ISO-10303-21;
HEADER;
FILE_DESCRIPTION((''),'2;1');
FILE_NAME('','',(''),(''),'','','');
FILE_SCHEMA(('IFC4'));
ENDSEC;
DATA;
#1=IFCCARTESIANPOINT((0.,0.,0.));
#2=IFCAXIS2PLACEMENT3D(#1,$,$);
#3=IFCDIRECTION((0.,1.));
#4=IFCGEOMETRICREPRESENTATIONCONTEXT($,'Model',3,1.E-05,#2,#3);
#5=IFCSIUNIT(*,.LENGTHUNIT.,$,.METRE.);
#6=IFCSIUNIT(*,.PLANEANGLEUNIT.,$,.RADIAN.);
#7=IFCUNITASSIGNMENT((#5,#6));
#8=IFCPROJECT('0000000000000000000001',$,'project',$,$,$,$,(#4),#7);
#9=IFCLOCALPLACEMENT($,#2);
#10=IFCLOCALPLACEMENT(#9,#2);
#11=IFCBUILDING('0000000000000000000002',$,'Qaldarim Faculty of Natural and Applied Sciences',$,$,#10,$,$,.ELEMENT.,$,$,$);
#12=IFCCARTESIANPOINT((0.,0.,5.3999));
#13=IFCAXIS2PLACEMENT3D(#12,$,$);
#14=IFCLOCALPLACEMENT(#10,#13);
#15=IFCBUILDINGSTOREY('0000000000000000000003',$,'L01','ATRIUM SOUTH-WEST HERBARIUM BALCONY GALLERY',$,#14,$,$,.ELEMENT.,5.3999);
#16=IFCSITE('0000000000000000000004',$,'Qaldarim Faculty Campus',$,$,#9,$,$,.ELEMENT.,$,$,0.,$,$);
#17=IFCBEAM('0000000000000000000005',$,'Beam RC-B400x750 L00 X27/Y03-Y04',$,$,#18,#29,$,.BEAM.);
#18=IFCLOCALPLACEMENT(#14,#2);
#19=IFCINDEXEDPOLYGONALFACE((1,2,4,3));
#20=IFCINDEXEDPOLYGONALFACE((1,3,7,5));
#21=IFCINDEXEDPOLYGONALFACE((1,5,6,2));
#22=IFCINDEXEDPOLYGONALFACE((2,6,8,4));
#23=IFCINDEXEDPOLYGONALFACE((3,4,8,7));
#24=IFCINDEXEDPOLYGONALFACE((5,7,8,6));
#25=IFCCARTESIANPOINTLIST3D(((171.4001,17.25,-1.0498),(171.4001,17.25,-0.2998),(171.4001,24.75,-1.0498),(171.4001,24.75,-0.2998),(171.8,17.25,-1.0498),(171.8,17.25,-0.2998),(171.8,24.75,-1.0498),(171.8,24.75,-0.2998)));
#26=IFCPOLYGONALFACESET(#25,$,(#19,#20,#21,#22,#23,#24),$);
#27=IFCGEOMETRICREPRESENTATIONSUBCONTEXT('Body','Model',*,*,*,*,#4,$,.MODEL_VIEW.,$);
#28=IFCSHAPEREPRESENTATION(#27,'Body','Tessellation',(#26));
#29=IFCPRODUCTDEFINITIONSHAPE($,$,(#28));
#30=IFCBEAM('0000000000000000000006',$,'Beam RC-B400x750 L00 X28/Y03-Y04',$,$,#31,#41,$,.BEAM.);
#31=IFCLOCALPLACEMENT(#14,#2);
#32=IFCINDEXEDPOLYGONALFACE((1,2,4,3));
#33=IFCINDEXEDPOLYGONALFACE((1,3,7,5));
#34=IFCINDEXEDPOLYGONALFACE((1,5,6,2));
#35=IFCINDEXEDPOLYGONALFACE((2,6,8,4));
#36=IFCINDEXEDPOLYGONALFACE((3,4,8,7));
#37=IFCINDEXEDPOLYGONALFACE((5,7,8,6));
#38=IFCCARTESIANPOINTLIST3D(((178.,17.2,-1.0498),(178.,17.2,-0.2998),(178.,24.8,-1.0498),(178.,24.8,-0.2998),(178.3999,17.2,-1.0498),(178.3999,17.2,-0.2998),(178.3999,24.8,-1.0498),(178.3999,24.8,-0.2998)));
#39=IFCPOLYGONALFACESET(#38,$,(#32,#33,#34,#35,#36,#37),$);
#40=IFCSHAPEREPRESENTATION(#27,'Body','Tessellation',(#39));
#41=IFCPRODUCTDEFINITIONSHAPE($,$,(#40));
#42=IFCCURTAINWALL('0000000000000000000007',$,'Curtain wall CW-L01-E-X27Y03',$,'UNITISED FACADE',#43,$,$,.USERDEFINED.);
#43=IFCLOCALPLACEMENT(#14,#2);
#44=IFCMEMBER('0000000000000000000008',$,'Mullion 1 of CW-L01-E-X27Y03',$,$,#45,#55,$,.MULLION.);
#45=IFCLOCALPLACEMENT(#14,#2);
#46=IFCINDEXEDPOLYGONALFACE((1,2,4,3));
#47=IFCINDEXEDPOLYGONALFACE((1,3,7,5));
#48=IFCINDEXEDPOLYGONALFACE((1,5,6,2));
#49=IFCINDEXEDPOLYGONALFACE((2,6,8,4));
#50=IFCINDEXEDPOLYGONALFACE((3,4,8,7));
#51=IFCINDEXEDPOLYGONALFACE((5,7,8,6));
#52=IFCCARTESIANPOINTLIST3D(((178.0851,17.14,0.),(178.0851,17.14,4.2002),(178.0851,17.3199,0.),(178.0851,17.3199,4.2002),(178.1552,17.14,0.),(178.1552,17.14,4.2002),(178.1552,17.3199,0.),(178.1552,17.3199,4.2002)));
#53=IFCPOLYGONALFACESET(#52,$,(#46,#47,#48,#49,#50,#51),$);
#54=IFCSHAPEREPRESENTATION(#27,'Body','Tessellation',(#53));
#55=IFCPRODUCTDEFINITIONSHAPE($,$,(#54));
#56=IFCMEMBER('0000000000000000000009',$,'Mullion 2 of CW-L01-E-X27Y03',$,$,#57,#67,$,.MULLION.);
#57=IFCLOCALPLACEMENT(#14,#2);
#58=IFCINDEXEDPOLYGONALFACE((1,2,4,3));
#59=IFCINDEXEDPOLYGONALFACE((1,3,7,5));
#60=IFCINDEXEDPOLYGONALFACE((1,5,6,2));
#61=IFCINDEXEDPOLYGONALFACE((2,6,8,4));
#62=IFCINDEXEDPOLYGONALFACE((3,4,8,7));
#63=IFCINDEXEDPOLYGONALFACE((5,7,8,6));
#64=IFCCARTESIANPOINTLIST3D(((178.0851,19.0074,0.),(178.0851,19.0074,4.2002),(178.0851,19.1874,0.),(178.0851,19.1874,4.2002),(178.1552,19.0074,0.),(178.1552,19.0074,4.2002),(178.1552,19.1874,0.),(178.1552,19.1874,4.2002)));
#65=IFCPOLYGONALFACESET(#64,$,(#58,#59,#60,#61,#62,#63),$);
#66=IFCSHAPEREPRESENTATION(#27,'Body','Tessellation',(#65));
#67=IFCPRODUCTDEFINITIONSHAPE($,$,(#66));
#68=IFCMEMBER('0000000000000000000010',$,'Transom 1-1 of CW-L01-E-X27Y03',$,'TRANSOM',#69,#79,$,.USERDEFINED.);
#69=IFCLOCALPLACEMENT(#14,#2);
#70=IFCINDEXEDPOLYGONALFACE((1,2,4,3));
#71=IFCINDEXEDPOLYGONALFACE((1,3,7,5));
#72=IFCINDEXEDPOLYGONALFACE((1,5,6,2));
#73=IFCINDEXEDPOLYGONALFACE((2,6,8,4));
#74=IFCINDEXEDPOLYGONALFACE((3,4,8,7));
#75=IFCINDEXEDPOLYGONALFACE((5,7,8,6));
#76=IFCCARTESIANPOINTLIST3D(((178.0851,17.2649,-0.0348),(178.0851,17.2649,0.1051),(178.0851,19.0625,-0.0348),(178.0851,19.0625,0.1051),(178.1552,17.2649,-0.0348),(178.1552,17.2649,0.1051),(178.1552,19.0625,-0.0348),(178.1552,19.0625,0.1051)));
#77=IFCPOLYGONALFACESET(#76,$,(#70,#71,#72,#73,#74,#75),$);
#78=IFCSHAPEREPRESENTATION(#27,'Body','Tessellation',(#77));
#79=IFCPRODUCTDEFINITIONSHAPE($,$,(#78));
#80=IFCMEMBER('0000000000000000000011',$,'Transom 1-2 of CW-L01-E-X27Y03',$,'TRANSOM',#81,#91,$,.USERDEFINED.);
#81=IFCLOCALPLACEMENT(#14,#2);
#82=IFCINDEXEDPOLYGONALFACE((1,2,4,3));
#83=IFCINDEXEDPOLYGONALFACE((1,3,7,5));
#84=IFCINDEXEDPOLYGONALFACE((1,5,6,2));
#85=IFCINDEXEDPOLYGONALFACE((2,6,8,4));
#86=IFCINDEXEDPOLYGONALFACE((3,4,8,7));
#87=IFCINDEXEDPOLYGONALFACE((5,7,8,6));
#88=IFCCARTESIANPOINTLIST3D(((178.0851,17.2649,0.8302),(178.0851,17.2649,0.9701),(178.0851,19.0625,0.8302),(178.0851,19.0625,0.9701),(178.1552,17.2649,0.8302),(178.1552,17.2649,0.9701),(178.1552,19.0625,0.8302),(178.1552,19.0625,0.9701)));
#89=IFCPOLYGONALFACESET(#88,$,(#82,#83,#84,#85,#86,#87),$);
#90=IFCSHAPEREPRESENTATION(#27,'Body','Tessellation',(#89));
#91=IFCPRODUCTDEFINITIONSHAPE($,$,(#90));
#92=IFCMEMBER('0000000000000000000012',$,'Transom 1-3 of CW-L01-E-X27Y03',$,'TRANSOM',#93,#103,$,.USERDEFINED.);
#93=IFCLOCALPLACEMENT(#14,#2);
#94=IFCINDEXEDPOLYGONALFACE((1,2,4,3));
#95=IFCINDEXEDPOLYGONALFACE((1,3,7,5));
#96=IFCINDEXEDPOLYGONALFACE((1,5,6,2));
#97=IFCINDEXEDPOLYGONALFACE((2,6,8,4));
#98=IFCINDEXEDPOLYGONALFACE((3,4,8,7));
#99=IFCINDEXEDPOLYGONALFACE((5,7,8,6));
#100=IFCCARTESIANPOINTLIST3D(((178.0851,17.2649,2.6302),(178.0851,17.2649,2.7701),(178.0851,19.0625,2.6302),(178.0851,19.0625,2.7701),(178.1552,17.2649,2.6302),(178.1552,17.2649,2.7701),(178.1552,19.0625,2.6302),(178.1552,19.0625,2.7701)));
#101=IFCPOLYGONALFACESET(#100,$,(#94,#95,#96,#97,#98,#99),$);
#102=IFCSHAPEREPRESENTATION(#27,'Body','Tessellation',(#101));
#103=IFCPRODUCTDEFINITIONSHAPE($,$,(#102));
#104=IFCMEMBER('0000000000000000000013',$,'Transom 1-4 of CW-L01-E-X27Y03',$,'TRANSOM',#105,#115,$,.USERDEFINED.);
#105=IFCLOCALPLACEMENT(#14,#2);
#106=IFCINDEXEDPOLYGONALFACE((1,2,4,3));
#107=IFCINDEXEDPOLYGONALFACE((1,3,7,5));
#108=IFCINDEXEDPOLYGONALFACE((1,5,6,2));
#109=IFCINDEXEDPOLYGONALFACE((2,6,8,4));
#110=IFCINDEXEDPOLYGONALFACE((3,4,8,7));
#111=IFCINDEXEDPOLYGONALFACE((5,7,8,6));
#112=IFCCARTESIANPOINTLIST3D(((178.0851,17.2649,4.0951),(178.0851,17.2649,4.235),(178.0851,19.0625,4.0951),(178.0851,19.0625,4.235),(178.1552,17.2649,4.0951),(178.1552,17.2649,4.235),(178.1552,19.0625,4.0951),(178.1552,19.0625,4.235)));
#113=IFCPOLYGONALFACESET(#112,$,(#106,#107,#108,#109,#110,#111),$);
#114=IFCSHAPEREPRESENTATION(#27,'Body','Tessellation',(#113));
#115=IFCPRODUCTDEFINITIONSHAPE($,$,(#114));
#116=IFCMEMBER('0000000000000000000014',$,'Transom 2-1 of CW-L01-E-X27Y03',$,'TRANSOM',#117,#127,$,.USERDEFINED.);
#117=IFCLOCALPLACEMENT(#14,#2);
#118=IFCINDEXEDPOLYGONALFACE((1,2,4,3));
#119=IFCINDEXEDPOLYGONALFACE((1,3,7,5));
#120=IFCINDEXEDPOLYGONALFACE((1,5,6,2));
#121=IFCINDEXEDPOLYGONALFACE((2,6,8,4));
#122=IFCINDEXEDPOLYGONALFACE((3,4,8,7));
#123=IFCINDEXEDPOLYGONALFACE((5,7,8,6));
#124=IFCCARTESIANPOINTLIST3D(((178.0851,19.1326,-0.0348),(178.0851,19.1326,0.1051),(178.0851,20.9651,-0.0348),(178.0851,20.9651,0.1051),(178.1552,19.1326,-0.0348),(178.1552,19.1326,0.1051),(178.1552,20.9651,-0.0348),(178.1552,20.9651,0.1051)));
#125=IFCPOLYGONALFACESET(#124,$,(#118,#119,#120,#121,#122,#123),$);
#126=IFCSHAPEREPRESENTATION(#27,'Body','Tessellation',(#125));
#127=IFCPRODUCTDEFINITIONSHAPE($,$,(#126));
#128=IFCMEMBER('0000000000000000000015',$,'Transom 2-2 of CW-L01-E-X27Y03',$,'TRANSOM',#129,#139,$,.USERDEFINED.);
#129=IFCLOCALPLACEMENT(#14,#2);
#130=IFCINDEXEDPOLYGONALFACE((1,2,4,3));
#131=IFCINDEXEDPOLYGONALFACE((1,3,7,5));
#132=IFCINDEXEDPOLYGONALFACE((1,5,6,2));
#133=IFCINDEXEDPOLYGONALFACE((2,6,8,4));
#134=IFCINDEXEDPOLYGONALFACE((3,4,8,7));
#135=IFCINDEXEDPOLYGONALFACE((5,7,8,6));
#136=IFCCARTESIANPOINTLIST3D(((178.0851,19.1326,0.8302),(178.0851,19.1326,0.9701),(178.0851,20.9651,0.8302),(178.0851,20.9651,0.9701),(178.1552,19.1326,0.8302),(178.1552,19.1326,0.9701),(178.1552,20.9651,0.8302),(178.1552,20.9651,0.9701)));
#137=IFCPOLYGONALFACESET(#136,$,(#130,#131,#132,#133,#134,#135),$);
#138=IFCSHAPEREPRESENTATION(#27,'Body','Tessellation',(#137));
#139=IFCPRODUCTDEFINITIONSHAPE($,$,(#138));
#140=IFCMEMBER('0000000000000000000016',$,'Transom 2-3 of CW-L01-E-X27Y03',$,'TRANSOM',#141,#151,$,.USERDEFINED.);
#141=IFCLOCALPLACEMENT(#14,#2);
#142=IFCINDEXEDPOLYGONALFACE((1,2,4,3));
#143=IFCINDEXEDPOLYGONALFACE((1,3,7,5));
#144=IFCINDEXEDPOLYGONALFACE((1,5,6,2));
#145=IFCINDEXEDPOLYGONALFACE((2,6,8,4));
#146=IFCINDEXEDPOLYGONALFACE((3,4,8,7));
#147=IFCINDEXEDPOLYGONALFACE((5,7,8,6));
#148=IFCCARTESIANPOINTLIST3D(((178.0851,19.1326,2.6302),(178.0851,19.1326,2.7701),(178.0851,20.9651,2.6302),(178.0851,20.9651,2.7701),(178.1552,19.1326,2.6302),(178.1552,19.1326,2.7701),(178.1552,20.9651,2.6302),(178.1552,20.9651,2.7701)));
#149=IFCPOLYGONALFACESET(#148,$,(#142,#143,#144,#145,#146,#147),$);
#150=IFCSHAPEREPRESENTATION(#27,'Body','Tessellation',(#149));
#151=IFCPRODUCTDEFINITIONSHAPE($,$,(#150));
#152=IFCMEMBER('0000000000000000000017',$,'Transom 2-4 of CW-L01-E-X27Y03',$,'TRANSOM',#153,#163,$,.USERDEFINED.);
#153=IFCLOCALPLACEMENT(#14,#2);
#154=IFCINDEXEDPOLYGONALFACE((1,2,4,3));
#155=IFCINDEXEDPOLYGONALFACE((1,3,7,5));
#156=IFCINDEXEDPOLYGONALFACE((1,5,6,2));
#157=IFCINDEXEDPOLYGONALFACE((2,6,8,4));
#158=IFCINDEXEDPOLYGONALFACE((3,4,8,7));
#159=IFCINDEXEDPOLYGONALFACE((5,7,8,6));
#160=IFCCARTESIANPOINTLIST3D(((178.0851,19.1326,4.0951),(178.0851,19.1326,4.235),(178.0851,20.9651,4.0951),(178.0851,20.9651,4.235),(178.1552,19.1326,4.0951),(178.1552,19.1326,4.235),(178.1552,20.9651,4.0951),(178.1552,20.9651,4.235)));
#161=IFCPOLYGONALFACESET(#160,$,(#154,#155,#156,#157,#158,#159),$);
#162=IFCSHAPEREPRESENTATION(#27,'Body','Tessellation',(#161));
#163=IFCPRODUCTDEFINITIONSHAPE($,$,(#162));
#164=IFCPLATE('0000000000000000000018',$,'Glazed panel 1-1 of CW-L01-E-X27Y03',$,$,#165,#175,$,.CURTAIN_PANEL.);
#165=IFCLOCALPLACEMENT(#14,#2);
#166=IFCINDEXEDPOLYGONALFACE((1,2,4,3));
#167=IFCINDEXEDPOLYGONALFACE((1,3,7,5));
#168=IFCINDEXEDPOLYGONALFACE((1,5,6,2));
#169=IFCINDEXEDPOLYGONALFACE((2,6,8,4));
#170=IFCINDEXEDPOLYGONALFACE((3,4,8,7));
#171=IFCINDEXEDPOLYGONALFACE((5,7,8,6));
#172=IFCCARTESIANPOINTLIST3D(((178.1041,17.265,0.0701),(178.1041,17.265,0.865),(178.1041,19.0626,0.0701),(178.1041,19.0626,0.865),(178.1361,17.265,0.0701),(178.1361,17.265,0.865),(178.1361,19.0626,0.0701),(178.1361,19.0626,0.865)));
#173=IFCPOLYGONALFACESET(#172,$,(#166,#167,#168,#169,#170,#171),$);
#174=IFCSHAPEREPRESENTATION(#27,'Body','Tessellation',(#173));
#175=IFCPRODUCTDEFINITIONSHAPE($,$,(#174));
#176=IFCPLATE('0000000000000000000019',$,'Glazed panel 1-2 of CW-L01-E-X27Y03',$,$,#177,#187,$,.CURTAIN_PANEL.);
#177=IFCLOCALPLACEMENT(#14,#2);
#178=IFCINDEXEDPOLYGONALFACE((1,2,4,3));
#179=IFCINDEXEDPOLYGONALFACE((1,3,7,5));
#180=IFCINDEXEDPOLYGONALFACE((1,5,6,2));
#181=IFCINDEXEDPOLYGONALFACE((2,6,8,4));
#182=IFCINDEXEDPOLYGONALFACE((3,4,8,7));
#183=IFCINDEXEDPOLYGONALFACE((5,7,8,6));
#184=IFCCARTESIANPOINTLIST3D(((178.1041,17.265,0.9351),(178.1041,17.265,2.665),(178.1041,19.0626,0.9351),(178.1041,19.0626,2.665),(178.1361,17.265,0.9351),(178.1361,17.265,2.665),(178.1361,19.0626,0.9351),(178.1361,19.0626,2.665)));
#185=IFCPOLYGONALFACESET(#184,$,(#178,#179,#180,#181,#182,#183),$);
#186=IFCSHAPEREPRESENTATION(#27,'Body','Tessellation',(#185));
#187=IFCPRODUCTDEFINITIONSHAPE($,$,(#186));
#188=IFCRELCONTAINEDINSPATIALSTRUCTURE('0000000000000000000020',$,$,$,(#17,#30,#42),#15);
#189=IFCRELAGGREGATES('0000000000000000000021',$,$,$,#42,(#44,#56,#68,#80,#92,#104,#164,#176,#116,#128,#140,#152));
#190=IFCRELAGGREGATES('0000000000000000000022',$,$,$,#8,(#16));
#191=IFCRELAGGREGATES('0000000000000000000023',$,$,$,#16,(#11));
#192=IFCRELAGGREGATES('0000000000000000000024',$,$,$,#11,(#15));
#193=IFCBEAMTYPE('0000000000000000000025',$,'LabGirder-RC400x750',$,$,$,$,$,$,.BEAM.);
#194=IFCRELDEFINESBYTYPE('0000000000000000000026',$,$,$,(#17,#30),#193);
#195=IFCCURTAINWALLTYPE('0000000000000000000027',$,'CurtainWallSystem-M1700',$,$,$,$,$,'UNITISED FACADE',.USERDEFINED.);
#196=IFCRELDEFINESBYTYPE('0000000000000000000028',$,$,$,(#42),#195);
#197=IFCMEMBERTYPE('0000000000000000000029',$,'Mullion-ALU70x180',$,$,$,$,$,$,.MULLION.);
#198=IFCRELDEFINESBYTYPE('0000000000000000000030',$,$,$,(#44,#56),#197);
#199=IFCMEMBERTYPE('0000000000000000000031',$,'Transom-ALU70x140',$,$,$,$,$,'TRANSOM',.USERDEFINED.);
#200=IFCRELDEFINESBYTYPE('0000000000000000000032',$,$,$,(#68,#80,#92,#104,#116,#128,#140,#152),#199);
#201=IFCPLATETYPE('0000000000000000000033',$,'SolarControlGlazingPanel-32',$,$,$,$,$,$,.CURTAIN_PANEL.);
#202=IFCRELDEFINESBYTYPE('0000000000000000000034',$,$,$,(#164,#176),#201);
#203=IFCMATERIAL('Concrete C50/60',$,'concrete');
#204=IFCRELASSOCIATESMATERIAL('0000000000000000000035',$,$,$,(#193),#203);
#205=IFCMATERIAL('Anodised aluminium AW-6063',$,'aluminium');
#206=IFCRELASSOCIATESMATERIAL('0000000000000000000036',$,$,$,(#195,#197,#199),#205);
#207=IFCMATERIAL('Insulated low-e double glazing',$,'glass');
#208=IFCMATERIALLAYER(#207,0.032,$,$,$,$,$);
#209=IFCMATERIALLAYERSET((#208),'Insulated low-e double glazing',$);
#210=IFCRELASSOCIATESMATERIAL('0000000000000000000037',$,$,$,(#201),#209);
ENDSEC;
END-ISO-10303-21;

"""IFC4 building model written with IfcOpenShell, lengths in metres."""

from ifc_helpers import new_model, si_unit, direction, frame, origin, origin_2d, place, context, subcontext, project, spatial, rectangle, extrude, material, layer, layer_set, material_profile, profile_set, type_object, element, aggregate, save


model = new_model("IFC4")

# Units and contexts
model_context = context("Model", 3, precision=1e-05, world=origin(), true_north=direction((0.0, 1.0)))
body_context = subcontext(model_context, "Body", "Model", "MODEL_VIEW")
ifc_project = project(units=[si_unit("LENGTHUNIT", "METRE"), si_unit("PLANEANGLEUNIT", "RADIAN")], contexts=[model_context])

# Site, building, storey
site_placement = place(None, origin())
site = spatial("IfcSite", under=ifc_project, at=site_placement, Name="Qaldarim Faculty Campus", CompositionType="ELEMENT", RefElevation=0.0)
building_placement = place(site_placement, origin())
building = spatial("IfcBuilding", under=site, at=building_placement, Name="Qaldarim Faculty of Natural and Applied Sciences", CompositionType="ELEMENT")
storey_placement = place(building_placement, frame((0.0, 0.0, 5.3999)))
storey = spatial("IfcBuildingStorey", under=building, at=storey_placement, Name="L01", Description="ATRIUM SOUTH-WEST HERBARIUM BALCONY GALLERY", CompositionType="ELEMENT", Elevation=5.3999)

# Beams
ifc_material_1 = material(Name="Concrete C50/60", Category="concrete")
ifc_material_profile_1 = material_profile(ifc_material_1, rectangle(XDim=0.3999, YDim=0.75, at=origin_2d()), Name="RC-B400x750")
ifc_profile_set_1 = profile_set([ifc_material_profile_1], Name="Concrete C50/60")
beam_type = type_object("IfcBeamType", Name="LabGirder-RC400x750", PredefinedType="BEAM", material=ifc_profile_set_1)
beam_1_placement = place(storey_placement, frame((171.6001, 17.25, -0.6748), z_axis=(0.0, 1.0, 0.0), x_axis=(-1.0, 0.0, 0.0)))
element("IfcBeam", 1, at=beam_1_placement, inside=storey, type_object=beam_type, Name="Beam RC-B400x750 L00 X27/Y03-Y04", PredefinedType="BEAM", context=body_context, shape_type="SweptSolid", body=[
    extrude(rectangle(XDim=0.3999, YDim=0.75, at=origin_2d()), origin(), (0.0, 0.0, 1.0), 7.5),
])
beam_2_placement = place(storey_placement, frame((178.2, 17.2, -0.6748), z_axis=(0.0, 1.0, 0.0), x_axis=(-1.0, 0.0, 0.0)))
element("IfcBeam", 2, at=beam_2_placement, inside=storey, type_object=beam_type, Name="Beam RC-B400x750 L00 X28/Y03-Y04", PredefinedType="BEAM", context=body_context, shape_type="SweptSolid", body=[
    extrude(rectangle(XDim=0.3999, YDim=0.75, at=origin_2d()), origin(), (0.0, 0.0, 1.0), 7.6001),
])

# Curtain wall, members, plates
ifc_material_2 = material(Name="Anodised aluminium AW-6063", Category="aluminium")
curtain_wall_type = type_object("IfcCurtainWallType", Name="CurtainWallSystem-M1700", ElementType="UNITISED FACADE", PredefinedType="USERDEFINED", material=ifc_material_2)
curtain_wall_placement = place(storey_placement, origin())
curtain_wall = element("IfcCurtainWall", 3, at=curtain_wall_placement, inside=storey, type_object=curtain_wall_type, Name="Curtain wall CW-L01-E-X27Y03", ObjectType="UNITISED FACADE", PredefinedType="USERDEFINED")
ifc_material_profile_2 = material_profile(ifc_material_2, rectangle(XDim=0.0701, YDim=0.1799, at=origin_2d()), Name="ALU-M70x180")
ifc_profile_set_2 = profile_set([ifc_material_profile_2], Name="Anodised aluminium AW-6063")
member_type_1 = type_object("IfcMemberType", Name="Mullion-ALU70x180", PredefinedType="MULLION", material=ifc_profile_set_2)
member_1_placement = place(storey_placement, frame((178.1201, 17.23, 0.0), z_axis=(0.0, 0.0, 1.0), x_axis=(-1.0, 0.0, 0.0)))
member_1 = element("IfcMember", 4, at=member_1_placement, type_object=member_type_1, Name="Mullion 1 of CW-L01-E-X27Y03", PredefinedType="MULLION", context=body_context, shape_type="SweptSolid", body=[
    extrude(rectangle(XDim=0.0701, YDim=0.1799, at=origin_2d()), origin(), (0.0, 0.0, 1.0), 4.2002),
])
member_2_placement = place(storey_placement, frame((178.1201, 19.0974, 0.0), z_axis=(0.0, 0.0, 1.0), x_axis=(-1.0, 0.0, 0.0)))
member_2 = element("IfcMember", 5, at=member_2_placement, type_object=member_type_1, Name="Mullion 2 of CW-L01-E-X27Y03", PredefinedType="MULLION", context=body_context, shape_type="SweptSolid", body=[
    extrude(rectangle(XDim=0.0701, YDim=0.1799, at=origin_2d()), origin(), (0.0, 0.0, 1.0), 4.2002),
])
ifc_material_profile_3 = material_profile(ifc_material_2, rectangle(XDim=0.0701, YDim=0.1399, at=origin_2d()), Name="ALU-T70x140")
ifc_profile_set_3 = profile_set([ifc_material_profile_3], Name="Anodised aluminium AW-6063")
member_type_2 = type_object("IfcMemberType", Name="Transom-ALU70x140", ElementType="TRANSOM", PredefinedType="USERDEFINED", material=ifc_profile_set_3)
member_3_placement = place(storey_placement, frame((178.1201, 17.2649, 0.0352), z_axis=(0.0, 1.0, 0.0), x_axis=(-1.0, 0.0, 0.0)))
member_3 = element("IfcMember", 6, at=member_3_placement, type_object=member_type_2, Name="Transom 1-1 of CW-L01-E-X27Y03", ObjectType="TRANSOM", PredefinedType="USERDEFINED", context=body_context, shape_type="SweptSolid", body=[
    extrude(rectangle(XDim=0.0701, YDim=0.1399, at=origin_2d()), origin(), (0.0, 0.0, 1.0), 1.7976),
])
member_4_placement = place(storey_placement, frame((178.1201, 17.2649, 0.9001), z_axis=(0.0, 1.0, 0.0), x_axis=(-1.0, 0.0, 0.0)))
member_4 = element("IfcMember", 7, at=member_4_placement, type_object=member_type_2, Name="Transom 1-2 of CW-L01-E-X27Y03", ObjectType="TRANSOM", PredefinedType="USERDEFINED", context=body_context, shape_type="SweptSolid", body=[
    extrude(rectangle(XDim=0.0701, YDim=0.1399, at=origin_2d()), origin(), (0.0, 0.0, 1.0), 1.7976),
])
member_5_placement = place(storey_placement, frame((178.1201, 17.2649, 2.7002), z_axis=(0.0, 1.0, 0.0), x_axis=(-1.0, 0.0, 0.0)))
member_5 = element("IfcMember", 8, at=member_5_placement, type_object=member_type_2, Name="Transom 1-3 of CW-L01-E-X27Y03", ObjectType="TRANSOM", PredefinedType="USERDEFINED", context=body_context, shape_type="SweptSolid", body=[
    extrude(rectangle(XDim=0.0701, YDim=0.1399, at=origin_2d()), origin(), (0.0, 0.0, 1.0), 1.7976),
])
member_6_placement = place(storey_placement, frame((178.1201, 17.2649, 4.165), z_axis=(0.0, 1.0, 0.0), x_axis=(-1.0, 0.0, 0.0)))
member_6 = element("IfcMember", 9, at=member_6_placement, type_object=member_type_2, Name="Transom 1-4 of CW-L01-E-X27Y03", ObjectType="TRANSOM", PredefinedType="USERDEFINED", context=body_context, shape_type="SweptSolid", body=[
    extrude(rectangle(XDim=0.0701, YDim=0.1399, at=origin_2d()), origin(), (0.0, 0.0, 1.0), 1.7976),
])
member_7_placement = place(storey_placement, frame((178.1201, 19.1326, 0.0352), z_axis=(0.0, 1.0, 0.0), x_axis=(-1.0, 0.0, 0.0)))
member_7 = element("IfcMember", 10, at=member_7_placement, type_object=member_type_2, Name="Transom 2-1 of CW-L01-E-X27Y03", ObjectType="TRANSOM", PredefinedType="USERDEFINED", context=body_context, shape_type="SweptSolid", body=[
    extrude(rectangle(XDim=0.0701, YDim=0.1399, at=origin_2d()), origin(), (0.0, 0.0, 1.0), 1.8325),
])
member_8_placement = place(storey_placement, frame((178.1201, 19.1326, 0.9001), z_axis=(0.0, 1.0, 0.0), x_axis=(-1.0, 0.0, 0.0)))
member_8 = element("IfcMember", 11, at=member_8_placement, type_object=member_type_2, Name="Transom 2-2 of CW-L01-E-X27Y03", ObjectType="TRANSOM", PredefinedType="USERDEFINED", context=body_context, shape_type="SweptSolid", body=[
    extrude(rectangle(XDim=0.0701, YDim=0.1399, at=origin_2d()), origin(), (0.0, 0.0, 1.0), 1.8325),
])
member_9_placement = place(storey_placement, frame((178.1201, 19.1326, 2.7002), z_axis=(0.0, 1.0, 0.0), x_axis=(-1.0, 0.0, 0.0)))
member_9 = element("IfcMember", 12, at=member_9_placement, type_object=member_type_2, Name="Transom 2-3 of CW-L01-E-X27Y03", ObjectType="TRANSOM", PredefinedType="USERDEFINED", context=body_context, shape_type="SweptSolid", body=[
    extrude(rectangle(XDim=0.0701, YDim=0.1399, at=origin_2d()), origin(), (0.0, 0.0, 1.0), 1.8325),
])
member_10_placement = place(storey_placement, frame((178.1201, 19.1326, 4.165), z_axis=(0.0, 1.0, 0.0), x_axis=(-1.0, 0.0, 0.0)))
member_10 = element("IfcMember", 13, at=member_10_placement, type_object=member_type_2, Name="Transom 2-4 of CW-L01-E-X27Y03", ObjectType="TRANSOM", PredefinedType="USERDEFINED", context=body_context, shape_type="SweptSolid", body=[
    extrude(rectangle(XDim=0.0701, YDim=0.1399, at=origin_2d()), origin(), (0.0, 0.0, 1.0), 1.8325),
])
ifc_material_3 = material(Name="Insulated low-e double glazing", Category="glass")
ifc_layer_1 = layer(ifc_material_3, 0.032)
ifc_layer_set_1 = layer_set([ifc_layer_1], Name="Insulated low-e double glazing")
plate_type = type_object("IfcPlateType", Name="SolarControlGlazingPanel-32", PredefinedType="CURTAIN_PANEL", material=ifc_layer_set_1)
plate_1_placement = place(storey_placement, frame((178.1201, 18.1638, 0.0701), z_axis=(0.0, 0.0, 1.0), x_axis=(0.0, 1.0, 0.0)))
plate_1 = element("IfcPlate", 14, at=plate_1_placement, type_object=plate_type, Name="Glazed panel 1-1 of CW-L01-E-X27Y03", PredefinedType="CURTAIN_PANEL", context=body_context, shape_type="SweptSolid", body=[
    extrude(rectangle(XDim=1.7976, YDim=0.032, at=origin_2d()), origin(), (0.0, 0.0, 1.0), 0.7949),
])
plate_2_placement = place(storey_placement, frame((178.1201, 18.1638, 0.9351), z_axis=(0.0, 0.0, 1.0), x_axis=(0.0, 1.0, 0.0)))
plate_2 = element("IfcPlate", 15, at=plate_2_placement, type_object=plate_type, Name="Glazed panel 1-2 of CW-L01-E-X27Y03", PredefinedType="CURTAIN_PANEL", context=body_context, shape_type="SweptSolid", body=[
    extrude(rectangle(XDim=1.7976, YDim=0.032, at=origin_2d()), origin(), (0.0, 0.0, 1.0), 1.73),
])
aggregate(curtain_wall, [member_1, member_2, member_3, member_4, member_5, member_6, plate_1, plate_2, member_7, member_8, member_9, member_10])

save(model, "model.ifc")
